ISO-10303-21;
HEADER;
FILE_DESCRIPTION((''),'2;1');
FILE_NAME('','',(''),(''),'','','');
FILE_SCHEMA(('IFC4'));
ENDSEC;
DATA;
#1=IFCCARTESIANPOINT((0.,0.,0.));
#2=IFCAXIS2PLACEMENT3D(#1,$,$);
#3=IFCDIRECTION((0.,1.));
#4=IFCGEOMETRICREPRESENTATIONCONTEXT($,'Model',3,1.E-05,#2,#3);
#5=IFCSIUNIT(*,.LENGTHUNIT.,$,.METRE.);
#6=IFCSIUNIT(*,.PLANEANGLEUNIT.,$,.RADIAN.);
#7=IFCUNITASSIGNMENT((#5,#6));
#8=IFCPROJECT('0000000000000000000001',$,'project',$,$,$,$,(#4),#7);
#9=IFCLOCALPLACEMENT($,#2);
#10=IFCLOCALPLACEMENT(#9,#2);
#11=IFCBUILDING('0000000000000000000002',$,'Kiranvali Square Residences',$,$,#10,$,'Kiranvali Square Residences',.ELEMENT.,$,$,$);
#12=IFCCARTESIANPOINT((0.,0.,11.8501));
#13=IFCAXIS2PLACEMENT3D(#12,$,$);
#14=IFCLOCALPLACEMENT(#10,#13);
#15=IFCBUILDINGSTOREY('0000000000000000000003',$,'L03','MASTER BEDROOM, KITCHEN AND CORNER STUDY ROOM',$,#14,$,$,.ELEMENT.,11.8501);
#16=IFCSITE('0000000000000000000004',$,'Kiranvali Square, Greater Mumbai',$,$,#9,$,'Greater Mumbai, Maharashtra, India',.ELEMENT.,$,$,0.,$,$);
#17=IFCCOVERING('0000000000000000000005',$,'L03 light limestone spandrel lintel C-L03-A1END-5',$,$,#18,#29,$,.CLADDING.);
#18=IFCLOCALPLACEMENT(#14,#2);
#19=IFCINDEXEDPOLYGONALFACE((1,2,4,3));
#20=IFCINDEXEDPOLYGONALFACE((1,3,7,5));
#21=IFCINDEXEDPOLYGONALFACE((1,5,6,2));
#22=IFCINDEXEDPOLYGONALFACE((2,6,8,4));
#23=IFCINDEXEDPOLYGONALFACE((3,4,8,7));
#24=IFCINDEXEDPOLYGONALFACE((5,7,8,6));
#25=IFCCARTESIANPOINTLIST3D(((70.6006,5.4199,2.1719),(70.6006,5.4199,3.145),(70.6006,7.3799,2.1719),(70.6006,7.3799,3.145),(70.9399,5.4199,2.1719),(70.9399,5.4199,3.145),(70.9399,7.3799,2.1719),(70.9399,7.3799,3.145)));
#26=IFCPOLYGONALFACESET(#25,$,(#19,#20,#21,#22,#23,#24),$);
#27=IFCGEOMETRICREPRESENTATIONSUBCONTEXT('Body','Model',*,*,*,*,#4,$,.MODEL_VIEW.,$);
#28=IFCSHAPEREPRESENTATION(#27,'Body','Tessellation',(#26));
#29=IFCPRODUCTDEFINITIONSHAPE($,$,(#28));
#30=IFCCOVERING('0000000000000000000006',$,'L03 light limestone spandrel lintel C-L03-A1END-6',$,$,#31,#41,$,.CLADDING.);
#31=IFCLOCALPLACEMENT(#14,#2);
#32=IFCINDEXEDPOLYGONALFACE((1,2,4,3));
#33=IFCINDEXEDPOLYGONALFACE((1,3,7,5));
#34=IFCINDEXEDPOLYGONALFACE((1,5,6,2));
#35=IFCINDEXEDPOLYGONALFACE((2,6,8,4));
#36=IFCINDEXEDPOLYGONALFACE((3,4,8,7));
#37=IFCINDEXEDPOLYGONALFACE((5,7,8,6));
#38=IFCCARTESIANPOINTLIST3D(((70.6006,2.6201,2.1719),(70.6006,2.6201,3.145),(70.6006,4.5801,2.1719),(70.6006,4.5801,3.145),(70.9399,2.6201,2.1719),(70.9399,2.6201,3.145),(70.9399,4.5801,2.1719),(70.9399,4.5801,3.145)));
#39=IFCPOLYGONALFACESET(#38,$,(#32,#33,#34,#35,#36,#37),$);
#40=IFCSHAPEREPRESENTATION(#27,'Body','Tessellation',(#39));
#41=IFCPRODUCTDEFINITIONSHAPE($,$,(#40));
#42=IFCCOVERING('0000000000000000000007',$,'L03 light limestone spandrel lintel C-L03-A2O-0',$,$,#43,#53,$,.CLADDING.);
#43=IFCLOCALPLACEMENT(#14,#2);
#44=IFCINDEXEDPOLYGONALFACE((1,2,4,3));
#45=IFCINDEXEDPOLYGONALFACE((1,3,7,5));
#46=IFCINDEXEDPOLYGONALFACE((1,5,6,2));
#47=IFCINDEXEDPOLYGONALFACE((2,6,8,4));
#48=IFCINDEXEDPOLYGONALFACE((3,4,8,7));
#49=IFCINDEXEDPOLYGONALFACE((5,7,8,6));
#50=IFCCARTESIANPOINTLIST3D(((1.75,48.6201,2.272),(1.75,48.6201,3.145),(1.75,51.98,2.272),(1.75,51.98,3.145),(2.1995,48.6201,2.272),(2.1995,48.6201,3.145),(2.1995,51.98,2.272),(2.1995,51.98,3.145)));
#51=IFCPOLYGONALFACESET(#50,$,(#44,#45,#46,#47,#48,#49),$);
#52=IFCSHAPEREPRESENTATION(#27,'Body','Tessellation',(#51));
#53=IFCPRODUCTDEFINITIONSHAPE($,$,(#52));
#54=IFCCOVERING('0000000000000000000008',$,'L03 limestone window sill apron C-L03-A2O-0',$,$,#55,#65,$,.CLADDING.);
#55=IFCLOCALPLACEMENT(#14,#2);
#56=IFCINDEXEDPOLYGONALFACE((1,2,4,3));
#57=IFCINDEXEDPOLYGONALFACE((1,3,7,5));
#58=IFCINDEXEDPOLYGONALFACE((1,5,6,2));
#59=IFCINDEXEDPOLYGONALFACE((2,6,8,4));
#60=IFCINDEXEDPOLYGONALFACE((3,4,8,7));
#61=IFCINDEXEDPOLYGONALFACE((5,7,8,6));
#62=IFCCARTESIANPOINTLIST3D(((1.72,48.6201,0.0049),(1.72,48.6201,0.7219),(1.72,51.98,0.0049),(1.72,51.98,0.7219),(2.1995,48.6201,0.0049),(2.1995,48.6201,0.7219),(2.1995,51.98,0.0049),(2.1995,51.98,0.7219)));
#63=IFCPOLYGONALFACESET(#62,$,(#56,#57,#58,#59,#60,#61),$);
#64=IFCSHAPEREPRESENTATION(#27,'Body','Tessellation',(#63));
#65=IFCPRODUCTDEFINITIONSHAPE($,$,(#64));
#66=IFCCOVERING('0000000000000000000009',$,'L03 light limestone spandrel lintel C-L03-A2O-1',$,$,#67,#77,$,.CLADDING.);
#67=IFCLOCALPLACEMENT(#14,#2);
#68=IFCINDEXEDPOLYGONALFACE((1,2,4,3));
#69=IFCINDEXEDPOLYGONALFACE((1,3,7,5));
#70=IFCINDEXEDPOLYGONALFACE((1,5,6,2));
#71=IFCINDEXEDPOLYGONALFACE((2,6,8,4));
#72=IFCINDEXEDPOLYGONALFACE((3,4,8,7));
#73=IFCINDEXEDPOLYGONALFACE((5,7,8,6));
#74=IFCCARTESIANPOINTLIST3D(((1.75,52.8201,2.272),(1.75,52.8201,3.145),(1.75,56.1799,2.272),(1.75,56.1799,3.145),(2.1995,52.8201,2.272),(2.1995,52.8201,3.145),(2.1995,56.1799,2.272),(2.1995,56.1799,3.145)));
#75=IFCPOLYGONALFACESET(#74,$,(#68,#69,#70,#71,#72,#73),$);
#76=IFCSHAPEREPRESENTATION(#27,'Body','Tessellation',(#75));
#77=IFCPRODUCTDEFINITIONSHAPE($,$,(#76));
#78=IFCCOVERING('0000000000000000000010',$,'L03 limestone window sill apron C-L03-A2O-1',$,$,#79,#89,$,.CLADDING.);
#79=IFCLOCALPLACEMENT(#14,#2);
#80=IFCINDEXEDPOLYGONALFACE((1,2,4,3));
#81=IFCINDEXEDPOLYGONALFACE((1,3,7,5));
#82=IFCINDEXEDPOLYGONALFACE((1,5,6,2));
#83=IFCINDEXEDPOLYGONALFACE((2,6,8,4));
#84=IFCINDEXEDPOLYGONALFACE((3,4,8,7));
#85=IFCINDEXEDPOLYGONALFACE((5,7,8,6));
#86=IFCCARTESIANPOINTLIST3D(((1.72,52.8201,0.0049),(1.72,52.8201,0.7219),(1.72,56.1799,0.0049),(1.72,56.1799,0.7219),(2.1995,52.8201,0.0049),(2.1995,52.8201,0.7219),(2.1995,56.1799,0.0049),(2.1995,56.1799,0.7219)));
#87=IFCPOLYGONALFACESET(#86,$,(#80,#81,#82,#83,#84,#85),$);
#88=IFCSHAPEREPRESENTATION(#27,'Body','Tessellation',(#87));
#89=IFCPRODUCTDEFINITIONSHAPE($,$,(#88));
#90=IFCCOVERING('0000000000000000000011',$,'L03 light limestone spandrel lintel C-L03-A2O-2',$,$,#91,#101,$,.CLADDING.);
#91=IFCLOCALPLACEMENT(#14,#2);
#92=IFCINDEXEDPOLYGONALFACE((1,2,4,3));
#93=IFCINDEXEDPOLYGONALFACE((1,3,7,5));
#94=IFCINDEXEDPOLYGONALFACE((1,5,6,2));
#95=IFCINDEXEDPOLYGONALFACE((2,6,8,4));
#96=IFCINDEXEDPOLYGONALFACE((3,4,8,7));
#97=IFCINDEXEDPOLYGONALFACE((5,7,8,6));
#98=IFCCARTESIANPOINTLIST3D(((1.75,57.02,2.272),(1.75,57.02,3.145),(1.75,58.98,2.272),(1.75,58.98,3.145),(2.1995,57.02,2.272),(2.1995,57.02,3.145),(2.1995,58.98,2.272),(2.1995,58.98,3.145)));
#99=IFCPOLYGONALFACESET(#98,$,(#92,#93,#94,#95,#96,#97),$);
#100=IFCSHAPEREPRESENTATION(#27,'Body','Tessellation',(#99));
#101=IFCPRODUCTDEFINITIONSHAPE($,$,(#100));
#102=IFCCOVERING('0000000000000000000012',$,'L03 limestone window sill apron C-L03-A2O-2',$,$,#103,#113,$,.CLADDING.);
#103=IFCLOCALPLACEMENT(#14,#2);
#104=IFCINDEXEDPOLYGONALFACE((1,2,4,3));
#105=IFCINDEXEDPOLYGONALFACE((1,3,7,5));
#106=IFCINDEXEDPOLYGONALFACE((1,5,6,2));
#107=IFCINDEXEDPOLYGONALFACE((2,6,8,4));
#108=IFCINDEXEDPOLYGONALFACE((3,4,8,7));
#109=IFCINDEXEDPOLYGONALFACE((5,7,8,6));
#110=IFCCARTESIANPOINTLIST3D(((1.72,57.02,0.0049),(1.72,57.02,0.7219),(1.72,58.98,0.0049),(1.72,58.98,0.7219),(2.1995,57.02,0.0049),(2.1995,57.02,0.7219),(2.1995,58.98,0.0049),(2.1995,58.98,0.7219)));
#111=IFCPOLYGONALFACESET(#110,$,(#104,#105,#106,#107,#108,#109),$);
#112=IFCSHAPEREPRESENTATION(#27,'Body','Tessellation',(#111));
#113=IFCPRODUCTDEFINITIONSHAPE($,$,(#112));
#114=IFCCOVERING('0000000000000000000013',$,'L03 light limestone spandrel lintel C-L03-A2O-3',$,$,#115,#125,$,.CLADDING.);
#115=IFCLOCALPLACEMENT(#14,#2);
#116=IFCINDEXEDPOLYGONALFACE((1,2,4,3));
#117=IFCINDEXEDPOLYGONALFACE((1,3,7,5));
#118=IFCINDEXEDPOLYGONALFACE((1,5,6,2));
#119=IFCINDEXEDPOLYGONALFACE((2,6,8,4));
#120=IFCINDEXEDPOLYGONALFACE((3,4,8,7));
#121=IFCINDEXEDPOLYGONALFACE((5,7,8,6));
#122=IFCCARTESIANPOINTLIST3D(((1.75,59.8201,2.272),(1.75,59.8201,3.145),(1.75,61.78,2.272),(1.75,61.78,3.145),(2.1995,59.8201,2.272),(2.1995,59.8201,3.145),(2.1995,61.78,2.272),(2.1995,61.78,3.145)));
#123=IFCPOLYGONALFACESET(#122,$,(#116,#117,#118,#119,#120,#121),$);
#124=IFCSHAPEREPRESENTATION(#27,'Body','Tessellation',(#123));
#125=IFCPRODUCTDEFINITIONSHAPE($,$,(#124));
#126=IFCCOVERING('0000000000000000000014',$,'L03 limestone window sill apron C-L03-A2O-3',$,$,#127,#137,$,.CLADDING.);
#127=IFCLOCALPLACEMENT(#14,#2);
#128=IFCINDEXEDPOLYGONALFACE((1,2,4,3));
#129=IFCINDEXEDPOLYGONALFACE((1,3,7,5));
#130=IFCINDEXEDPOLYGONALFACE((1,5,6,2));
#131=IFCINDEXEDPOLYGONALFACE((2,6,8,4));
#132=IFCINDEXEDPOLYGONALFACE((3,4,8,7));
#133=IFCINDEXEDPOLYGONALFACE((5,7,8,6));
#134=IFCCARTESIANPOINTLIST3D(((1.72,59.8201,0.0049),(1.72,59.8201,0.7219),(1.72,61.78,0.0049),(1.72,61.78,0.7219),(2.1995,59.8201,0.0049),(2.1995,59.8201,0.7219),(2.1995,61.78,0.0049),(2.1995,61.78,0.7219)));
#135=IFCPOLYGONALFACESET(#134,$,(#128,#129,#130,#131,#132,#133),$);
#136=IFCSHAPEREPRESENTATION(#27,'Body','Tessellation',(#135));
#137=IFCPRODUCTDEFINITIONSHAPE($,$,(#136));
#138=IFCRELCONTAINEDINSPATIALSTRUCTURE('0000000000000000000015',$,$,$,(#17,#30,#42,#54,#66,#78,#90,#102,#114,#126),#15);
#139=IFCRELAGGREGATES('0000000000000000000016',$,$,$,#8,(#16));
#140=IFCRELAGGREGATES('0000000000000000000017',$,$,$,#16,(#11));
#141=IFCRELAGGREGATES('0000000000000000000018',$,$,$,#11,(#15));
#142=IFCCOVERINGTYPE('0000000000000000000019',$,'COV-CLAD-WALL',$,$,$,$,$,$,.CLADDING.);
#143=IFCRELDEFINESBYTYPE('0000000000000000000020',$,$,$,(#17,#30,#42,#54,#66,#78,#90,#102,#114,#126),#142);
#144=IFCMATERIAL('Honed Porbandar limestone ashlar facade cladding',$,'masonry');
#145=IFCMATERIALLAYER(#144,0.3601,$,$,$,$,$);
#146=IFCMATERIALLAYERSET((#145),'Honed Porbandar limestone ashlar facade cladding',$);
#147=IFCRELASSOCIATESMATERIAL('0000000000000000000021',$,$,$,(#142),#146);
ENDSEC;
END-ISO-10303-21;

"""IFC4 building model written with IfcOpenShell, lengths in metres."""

from ifc_helpers import new_model, si_unit, direction, frame, origin, place, context, subcontext, project, spatial, polyline, outline, extrude, material, layer, layer_set, type_object, element, save


model = new_model("IFC4")

# Units and contexts
model_context = context("Model", 3, precision=1e-05, world=origin(), true_north=direction((0.0, 1.0)))
body_context = subcontext(model_context, "Body", "Model", "MODEL_VIEW")
ifc_project = project(units=[si_unit("LENGTHUNIT", "METRE"), si_unit("PLANEANGLEUNIT", "RADIAN")], contexts=[model_context])

# Site, building, storey
site_placement = place(None, origin())
site = spatial("IfcSite", under=ifc_project, at=site_placement, Name="Kiranvali Square, Greater Mumbai", LongName="Greater Mumbai, Maharashtra, India", CompositionType="ELEMENT", RefElevation=0.0)
building_placement = place(site_placement, origin())
building = spatial("IfcBuilding", under=site, at=building_placement, Name="Kiranvali Square Residences", LongName="Kiranvali Square Residences", CompositionType="ELEMENT")
storey_placement = place(building_placement, frame((0.0, 0.0, 11.8501)))
storey = spatial("IfcBuildingStorey", under=building, at=storey_placement, Name="L03", Description="MASTER BEDROOM, KITCHEN AND CORNER STUDY ROOM", CompositionType="ELEMENT", Elevation=11.8501)

# Coverings
ifc_material = material(Name="Honed Porbandar limestone ashlar facade cladding", Category="masonry")
ifc_layer_1 = layer(ifc_material, 0.3601)
ifc_layer_set_1 = layer_set([ifc_layer_1], Name="Honed Porbandar limestone ashlar facade cladding")
covering_type_1 = type_object("IfcCoveringType", Name="COV-CLAD-WALL", PredefinedType="CLADDING", material=ifc_layer_set_1)
covering_1_placement = place(storey_placement, frame((0.0, 0.0, 2.1719)))
element("IfcCovering", 1, at=covering_1_placement, inside=storey, type_object=covering_type_1, Name="L03 light limestone spandrel lintel C-L03-A1END-5", PredefinedType="CLADDING", context=body_context, shape_type="SweptSolid", body=[
    extrude(outline(polyline([(70.6006, 7.3799), (70.6006, 5.4199), (70.9399, 5.4199), (70.9399, 7.3799), (70.6006, 7.3799)])), origin(), (0.0, 0.0, 1.0), 0.9731),
])
covering_2_placement = place(storey_placement, frame((0.0, 0.0, 2.1719)))
element("IfcCovering", 2, at=covering_2_placement, inside=storey, type_object=covering_type_1, Name="L03 light limestone spandrel lintel C-L03-A1END-6", PredefinedType="CLADDING", context=body_context, shape_type="SweptSolid", body=[
    extrude(outline(polyline([(70.6006, 4.5801), (70.6006, 2.6201), (70.9399, 2.6201), (70.9399, 4.5801), (70.6006, 4.5801)])), origin(), (0.0, 0.0, 1.0), 0.9731),
])
covering_3_placement = place(storey_placement, frame((0.0, 0.0, 2.272)))
element("IfcCovering", 3, at=covering_3_placement, inside=storey, type_object=covering_type_1, Name="L03 light limestone spandrel lintel C-L03-A2O-0", PredefinedType="CLADDING", context=body_context, shape_type="SweptSolid", body=[
    extrude(outline(polyline([(2.1995, 48.6201), (2.1995, 51.98), (1.75, 51.98), (1.75, 48.6201), (2.1995, 48.6201)])), origin(), (0.0, 0.0, 1.0), 0.873),
])
covering_4_placement = place(storey_placement, frame((0.0, 0.0, 0.0049)))
element("IfcCovering", 4, at=covering_4_placement, inside=storey, type_object=covering_type_1, Name="L03 limestone window sill apron C-L03-A2O-0", PredefinedType="CLADDING", context=body_context, shape_type="SweptSolid", body=[
    extrude(outline(polyline([(2.1995, 48.6201), (2.1995, 51.98), (1.72, 51.98), (1.72, 48.6201), (2.1995, 48.6201)])), origin(), (0.0, 0.0, 1.0), 0.717),
])
covering_5_placement = place(storey_placement, frame((0.0, 0.0, 2.272)))
element("IfcCovering", 5, at=covering_5_placement, inside=storey, type_object=covering_type_1, Name="L03 light limestone spandrel lintel C-L03-A2O-1", PredefinedType="CLADDING", context=body_context, shape_type="SweptSolid", body=[
    extrude(outline(polyline([(2.1995, 52.8201), (2.1995, 56.1799), (1.75, 56.1799), (1.75, 52.8201), (2.1995, 52.8201)])), origin(), (0.0, 0.0, 1.0), 0.873),
])
covering_6_placement = place(storey_placement, frame((0.0, 0.0, 0.0049)))
element("IfcCovering", 6, at=covering_6_placement, inside=storey, type_object=covering_type_1, Name="L03 limestone window sill apron C-L03-A2O-1", PredefinedType="CLADDING", context=body_context, shape_type="SweptSolid", body=[
    extrude(outline(polyline([(2.1995, 52.8201), (2.1995, 56.1799), (1.72, 56.1799), (1.72, 52.8201), (2.1995, 52.8201)])), origin(), (0.0, 0.0, 1.0), 0.717),
])
covering_7_placement = place(storey_placement, frame((0.0, 0.0, 2.272)))
element("IfcCovering", 7, at=covering_7_placement, inside=storey, type_object=covering_type_1, Name="L03 light limestone spandrel lintel C-L03-A2O-2", PredefinedType="CLADDING", context=body_context, shape_type="SweptSolid", body=[
    extrude(outline(polyline([(2.1995, 57.02), (2.1995, 58.98), (1.75, 58.98), (1.75, 57.02), (2.1995, 57.02)])), origin(), (0.0, 0.0, 1.0), 0.873),
])
covering_8_placement = place(storey_placement, frame((0.0, 0.0, 0.0049)))
element("IfcCovering", 8, at=covering_8_placement, inside=storey, type_object=covering_type_1, Name="L03 limestone window sill apron C-L03-A2O-2", PredefinedType="CLADDING", context=body_context, shape_type="SweptSolid", body=[
    extrude(outline(polyline([(2.1995, 57.02), (2.1995, 58.98), (1.72, 58.98), (1.72, 57.02), (2.1995, 57.02)])), origin(), (0.0, 0.0, 1.0), 0.717),
])
covering_9_placement = place(storey_placement, frame((0.0, 0.0, 2.272)))
element("IfcCovering", 9, at=covering_9_placement, inside=storey, type_object=covering_type_1, Name="L03 light limestone spandrel lintel C-L03-A2O-3", PredefinedType="CLADDING", context=body_context, shape_type="SweptSolid", body=[
    extrude(outline(polyline([(2.1995, 59.8201), (2.1995, 61.78), (1.75, 61.78), (1.75, 59.8201), (2.1995, 59.8201)])), origin(), (0.0, 0.0, 1.0), 0.873),
])
covering_10_placement = place(storey_placement, frame((0.0, 0.0, 0.0049)))
element("IfcCovering", 10, at=covering_10_placement, inside=storey, type_object=covering_type_1, Name="L03 limestone window sill apron C-L03-A2O-3", PredefinedType="CLADDING", context=body_context, shape_type="SweptSolid", body=[
    extrude(outline(polyline([(2.1995, 59.8201), (2.1995, 61.78), (1.72, 61.78), (1.72, 59.8201), (2.1995, 59.8201)])), origin(), (0.0, 0.0, 1.0), 0.717),
])

save(model, "model.ifc")
